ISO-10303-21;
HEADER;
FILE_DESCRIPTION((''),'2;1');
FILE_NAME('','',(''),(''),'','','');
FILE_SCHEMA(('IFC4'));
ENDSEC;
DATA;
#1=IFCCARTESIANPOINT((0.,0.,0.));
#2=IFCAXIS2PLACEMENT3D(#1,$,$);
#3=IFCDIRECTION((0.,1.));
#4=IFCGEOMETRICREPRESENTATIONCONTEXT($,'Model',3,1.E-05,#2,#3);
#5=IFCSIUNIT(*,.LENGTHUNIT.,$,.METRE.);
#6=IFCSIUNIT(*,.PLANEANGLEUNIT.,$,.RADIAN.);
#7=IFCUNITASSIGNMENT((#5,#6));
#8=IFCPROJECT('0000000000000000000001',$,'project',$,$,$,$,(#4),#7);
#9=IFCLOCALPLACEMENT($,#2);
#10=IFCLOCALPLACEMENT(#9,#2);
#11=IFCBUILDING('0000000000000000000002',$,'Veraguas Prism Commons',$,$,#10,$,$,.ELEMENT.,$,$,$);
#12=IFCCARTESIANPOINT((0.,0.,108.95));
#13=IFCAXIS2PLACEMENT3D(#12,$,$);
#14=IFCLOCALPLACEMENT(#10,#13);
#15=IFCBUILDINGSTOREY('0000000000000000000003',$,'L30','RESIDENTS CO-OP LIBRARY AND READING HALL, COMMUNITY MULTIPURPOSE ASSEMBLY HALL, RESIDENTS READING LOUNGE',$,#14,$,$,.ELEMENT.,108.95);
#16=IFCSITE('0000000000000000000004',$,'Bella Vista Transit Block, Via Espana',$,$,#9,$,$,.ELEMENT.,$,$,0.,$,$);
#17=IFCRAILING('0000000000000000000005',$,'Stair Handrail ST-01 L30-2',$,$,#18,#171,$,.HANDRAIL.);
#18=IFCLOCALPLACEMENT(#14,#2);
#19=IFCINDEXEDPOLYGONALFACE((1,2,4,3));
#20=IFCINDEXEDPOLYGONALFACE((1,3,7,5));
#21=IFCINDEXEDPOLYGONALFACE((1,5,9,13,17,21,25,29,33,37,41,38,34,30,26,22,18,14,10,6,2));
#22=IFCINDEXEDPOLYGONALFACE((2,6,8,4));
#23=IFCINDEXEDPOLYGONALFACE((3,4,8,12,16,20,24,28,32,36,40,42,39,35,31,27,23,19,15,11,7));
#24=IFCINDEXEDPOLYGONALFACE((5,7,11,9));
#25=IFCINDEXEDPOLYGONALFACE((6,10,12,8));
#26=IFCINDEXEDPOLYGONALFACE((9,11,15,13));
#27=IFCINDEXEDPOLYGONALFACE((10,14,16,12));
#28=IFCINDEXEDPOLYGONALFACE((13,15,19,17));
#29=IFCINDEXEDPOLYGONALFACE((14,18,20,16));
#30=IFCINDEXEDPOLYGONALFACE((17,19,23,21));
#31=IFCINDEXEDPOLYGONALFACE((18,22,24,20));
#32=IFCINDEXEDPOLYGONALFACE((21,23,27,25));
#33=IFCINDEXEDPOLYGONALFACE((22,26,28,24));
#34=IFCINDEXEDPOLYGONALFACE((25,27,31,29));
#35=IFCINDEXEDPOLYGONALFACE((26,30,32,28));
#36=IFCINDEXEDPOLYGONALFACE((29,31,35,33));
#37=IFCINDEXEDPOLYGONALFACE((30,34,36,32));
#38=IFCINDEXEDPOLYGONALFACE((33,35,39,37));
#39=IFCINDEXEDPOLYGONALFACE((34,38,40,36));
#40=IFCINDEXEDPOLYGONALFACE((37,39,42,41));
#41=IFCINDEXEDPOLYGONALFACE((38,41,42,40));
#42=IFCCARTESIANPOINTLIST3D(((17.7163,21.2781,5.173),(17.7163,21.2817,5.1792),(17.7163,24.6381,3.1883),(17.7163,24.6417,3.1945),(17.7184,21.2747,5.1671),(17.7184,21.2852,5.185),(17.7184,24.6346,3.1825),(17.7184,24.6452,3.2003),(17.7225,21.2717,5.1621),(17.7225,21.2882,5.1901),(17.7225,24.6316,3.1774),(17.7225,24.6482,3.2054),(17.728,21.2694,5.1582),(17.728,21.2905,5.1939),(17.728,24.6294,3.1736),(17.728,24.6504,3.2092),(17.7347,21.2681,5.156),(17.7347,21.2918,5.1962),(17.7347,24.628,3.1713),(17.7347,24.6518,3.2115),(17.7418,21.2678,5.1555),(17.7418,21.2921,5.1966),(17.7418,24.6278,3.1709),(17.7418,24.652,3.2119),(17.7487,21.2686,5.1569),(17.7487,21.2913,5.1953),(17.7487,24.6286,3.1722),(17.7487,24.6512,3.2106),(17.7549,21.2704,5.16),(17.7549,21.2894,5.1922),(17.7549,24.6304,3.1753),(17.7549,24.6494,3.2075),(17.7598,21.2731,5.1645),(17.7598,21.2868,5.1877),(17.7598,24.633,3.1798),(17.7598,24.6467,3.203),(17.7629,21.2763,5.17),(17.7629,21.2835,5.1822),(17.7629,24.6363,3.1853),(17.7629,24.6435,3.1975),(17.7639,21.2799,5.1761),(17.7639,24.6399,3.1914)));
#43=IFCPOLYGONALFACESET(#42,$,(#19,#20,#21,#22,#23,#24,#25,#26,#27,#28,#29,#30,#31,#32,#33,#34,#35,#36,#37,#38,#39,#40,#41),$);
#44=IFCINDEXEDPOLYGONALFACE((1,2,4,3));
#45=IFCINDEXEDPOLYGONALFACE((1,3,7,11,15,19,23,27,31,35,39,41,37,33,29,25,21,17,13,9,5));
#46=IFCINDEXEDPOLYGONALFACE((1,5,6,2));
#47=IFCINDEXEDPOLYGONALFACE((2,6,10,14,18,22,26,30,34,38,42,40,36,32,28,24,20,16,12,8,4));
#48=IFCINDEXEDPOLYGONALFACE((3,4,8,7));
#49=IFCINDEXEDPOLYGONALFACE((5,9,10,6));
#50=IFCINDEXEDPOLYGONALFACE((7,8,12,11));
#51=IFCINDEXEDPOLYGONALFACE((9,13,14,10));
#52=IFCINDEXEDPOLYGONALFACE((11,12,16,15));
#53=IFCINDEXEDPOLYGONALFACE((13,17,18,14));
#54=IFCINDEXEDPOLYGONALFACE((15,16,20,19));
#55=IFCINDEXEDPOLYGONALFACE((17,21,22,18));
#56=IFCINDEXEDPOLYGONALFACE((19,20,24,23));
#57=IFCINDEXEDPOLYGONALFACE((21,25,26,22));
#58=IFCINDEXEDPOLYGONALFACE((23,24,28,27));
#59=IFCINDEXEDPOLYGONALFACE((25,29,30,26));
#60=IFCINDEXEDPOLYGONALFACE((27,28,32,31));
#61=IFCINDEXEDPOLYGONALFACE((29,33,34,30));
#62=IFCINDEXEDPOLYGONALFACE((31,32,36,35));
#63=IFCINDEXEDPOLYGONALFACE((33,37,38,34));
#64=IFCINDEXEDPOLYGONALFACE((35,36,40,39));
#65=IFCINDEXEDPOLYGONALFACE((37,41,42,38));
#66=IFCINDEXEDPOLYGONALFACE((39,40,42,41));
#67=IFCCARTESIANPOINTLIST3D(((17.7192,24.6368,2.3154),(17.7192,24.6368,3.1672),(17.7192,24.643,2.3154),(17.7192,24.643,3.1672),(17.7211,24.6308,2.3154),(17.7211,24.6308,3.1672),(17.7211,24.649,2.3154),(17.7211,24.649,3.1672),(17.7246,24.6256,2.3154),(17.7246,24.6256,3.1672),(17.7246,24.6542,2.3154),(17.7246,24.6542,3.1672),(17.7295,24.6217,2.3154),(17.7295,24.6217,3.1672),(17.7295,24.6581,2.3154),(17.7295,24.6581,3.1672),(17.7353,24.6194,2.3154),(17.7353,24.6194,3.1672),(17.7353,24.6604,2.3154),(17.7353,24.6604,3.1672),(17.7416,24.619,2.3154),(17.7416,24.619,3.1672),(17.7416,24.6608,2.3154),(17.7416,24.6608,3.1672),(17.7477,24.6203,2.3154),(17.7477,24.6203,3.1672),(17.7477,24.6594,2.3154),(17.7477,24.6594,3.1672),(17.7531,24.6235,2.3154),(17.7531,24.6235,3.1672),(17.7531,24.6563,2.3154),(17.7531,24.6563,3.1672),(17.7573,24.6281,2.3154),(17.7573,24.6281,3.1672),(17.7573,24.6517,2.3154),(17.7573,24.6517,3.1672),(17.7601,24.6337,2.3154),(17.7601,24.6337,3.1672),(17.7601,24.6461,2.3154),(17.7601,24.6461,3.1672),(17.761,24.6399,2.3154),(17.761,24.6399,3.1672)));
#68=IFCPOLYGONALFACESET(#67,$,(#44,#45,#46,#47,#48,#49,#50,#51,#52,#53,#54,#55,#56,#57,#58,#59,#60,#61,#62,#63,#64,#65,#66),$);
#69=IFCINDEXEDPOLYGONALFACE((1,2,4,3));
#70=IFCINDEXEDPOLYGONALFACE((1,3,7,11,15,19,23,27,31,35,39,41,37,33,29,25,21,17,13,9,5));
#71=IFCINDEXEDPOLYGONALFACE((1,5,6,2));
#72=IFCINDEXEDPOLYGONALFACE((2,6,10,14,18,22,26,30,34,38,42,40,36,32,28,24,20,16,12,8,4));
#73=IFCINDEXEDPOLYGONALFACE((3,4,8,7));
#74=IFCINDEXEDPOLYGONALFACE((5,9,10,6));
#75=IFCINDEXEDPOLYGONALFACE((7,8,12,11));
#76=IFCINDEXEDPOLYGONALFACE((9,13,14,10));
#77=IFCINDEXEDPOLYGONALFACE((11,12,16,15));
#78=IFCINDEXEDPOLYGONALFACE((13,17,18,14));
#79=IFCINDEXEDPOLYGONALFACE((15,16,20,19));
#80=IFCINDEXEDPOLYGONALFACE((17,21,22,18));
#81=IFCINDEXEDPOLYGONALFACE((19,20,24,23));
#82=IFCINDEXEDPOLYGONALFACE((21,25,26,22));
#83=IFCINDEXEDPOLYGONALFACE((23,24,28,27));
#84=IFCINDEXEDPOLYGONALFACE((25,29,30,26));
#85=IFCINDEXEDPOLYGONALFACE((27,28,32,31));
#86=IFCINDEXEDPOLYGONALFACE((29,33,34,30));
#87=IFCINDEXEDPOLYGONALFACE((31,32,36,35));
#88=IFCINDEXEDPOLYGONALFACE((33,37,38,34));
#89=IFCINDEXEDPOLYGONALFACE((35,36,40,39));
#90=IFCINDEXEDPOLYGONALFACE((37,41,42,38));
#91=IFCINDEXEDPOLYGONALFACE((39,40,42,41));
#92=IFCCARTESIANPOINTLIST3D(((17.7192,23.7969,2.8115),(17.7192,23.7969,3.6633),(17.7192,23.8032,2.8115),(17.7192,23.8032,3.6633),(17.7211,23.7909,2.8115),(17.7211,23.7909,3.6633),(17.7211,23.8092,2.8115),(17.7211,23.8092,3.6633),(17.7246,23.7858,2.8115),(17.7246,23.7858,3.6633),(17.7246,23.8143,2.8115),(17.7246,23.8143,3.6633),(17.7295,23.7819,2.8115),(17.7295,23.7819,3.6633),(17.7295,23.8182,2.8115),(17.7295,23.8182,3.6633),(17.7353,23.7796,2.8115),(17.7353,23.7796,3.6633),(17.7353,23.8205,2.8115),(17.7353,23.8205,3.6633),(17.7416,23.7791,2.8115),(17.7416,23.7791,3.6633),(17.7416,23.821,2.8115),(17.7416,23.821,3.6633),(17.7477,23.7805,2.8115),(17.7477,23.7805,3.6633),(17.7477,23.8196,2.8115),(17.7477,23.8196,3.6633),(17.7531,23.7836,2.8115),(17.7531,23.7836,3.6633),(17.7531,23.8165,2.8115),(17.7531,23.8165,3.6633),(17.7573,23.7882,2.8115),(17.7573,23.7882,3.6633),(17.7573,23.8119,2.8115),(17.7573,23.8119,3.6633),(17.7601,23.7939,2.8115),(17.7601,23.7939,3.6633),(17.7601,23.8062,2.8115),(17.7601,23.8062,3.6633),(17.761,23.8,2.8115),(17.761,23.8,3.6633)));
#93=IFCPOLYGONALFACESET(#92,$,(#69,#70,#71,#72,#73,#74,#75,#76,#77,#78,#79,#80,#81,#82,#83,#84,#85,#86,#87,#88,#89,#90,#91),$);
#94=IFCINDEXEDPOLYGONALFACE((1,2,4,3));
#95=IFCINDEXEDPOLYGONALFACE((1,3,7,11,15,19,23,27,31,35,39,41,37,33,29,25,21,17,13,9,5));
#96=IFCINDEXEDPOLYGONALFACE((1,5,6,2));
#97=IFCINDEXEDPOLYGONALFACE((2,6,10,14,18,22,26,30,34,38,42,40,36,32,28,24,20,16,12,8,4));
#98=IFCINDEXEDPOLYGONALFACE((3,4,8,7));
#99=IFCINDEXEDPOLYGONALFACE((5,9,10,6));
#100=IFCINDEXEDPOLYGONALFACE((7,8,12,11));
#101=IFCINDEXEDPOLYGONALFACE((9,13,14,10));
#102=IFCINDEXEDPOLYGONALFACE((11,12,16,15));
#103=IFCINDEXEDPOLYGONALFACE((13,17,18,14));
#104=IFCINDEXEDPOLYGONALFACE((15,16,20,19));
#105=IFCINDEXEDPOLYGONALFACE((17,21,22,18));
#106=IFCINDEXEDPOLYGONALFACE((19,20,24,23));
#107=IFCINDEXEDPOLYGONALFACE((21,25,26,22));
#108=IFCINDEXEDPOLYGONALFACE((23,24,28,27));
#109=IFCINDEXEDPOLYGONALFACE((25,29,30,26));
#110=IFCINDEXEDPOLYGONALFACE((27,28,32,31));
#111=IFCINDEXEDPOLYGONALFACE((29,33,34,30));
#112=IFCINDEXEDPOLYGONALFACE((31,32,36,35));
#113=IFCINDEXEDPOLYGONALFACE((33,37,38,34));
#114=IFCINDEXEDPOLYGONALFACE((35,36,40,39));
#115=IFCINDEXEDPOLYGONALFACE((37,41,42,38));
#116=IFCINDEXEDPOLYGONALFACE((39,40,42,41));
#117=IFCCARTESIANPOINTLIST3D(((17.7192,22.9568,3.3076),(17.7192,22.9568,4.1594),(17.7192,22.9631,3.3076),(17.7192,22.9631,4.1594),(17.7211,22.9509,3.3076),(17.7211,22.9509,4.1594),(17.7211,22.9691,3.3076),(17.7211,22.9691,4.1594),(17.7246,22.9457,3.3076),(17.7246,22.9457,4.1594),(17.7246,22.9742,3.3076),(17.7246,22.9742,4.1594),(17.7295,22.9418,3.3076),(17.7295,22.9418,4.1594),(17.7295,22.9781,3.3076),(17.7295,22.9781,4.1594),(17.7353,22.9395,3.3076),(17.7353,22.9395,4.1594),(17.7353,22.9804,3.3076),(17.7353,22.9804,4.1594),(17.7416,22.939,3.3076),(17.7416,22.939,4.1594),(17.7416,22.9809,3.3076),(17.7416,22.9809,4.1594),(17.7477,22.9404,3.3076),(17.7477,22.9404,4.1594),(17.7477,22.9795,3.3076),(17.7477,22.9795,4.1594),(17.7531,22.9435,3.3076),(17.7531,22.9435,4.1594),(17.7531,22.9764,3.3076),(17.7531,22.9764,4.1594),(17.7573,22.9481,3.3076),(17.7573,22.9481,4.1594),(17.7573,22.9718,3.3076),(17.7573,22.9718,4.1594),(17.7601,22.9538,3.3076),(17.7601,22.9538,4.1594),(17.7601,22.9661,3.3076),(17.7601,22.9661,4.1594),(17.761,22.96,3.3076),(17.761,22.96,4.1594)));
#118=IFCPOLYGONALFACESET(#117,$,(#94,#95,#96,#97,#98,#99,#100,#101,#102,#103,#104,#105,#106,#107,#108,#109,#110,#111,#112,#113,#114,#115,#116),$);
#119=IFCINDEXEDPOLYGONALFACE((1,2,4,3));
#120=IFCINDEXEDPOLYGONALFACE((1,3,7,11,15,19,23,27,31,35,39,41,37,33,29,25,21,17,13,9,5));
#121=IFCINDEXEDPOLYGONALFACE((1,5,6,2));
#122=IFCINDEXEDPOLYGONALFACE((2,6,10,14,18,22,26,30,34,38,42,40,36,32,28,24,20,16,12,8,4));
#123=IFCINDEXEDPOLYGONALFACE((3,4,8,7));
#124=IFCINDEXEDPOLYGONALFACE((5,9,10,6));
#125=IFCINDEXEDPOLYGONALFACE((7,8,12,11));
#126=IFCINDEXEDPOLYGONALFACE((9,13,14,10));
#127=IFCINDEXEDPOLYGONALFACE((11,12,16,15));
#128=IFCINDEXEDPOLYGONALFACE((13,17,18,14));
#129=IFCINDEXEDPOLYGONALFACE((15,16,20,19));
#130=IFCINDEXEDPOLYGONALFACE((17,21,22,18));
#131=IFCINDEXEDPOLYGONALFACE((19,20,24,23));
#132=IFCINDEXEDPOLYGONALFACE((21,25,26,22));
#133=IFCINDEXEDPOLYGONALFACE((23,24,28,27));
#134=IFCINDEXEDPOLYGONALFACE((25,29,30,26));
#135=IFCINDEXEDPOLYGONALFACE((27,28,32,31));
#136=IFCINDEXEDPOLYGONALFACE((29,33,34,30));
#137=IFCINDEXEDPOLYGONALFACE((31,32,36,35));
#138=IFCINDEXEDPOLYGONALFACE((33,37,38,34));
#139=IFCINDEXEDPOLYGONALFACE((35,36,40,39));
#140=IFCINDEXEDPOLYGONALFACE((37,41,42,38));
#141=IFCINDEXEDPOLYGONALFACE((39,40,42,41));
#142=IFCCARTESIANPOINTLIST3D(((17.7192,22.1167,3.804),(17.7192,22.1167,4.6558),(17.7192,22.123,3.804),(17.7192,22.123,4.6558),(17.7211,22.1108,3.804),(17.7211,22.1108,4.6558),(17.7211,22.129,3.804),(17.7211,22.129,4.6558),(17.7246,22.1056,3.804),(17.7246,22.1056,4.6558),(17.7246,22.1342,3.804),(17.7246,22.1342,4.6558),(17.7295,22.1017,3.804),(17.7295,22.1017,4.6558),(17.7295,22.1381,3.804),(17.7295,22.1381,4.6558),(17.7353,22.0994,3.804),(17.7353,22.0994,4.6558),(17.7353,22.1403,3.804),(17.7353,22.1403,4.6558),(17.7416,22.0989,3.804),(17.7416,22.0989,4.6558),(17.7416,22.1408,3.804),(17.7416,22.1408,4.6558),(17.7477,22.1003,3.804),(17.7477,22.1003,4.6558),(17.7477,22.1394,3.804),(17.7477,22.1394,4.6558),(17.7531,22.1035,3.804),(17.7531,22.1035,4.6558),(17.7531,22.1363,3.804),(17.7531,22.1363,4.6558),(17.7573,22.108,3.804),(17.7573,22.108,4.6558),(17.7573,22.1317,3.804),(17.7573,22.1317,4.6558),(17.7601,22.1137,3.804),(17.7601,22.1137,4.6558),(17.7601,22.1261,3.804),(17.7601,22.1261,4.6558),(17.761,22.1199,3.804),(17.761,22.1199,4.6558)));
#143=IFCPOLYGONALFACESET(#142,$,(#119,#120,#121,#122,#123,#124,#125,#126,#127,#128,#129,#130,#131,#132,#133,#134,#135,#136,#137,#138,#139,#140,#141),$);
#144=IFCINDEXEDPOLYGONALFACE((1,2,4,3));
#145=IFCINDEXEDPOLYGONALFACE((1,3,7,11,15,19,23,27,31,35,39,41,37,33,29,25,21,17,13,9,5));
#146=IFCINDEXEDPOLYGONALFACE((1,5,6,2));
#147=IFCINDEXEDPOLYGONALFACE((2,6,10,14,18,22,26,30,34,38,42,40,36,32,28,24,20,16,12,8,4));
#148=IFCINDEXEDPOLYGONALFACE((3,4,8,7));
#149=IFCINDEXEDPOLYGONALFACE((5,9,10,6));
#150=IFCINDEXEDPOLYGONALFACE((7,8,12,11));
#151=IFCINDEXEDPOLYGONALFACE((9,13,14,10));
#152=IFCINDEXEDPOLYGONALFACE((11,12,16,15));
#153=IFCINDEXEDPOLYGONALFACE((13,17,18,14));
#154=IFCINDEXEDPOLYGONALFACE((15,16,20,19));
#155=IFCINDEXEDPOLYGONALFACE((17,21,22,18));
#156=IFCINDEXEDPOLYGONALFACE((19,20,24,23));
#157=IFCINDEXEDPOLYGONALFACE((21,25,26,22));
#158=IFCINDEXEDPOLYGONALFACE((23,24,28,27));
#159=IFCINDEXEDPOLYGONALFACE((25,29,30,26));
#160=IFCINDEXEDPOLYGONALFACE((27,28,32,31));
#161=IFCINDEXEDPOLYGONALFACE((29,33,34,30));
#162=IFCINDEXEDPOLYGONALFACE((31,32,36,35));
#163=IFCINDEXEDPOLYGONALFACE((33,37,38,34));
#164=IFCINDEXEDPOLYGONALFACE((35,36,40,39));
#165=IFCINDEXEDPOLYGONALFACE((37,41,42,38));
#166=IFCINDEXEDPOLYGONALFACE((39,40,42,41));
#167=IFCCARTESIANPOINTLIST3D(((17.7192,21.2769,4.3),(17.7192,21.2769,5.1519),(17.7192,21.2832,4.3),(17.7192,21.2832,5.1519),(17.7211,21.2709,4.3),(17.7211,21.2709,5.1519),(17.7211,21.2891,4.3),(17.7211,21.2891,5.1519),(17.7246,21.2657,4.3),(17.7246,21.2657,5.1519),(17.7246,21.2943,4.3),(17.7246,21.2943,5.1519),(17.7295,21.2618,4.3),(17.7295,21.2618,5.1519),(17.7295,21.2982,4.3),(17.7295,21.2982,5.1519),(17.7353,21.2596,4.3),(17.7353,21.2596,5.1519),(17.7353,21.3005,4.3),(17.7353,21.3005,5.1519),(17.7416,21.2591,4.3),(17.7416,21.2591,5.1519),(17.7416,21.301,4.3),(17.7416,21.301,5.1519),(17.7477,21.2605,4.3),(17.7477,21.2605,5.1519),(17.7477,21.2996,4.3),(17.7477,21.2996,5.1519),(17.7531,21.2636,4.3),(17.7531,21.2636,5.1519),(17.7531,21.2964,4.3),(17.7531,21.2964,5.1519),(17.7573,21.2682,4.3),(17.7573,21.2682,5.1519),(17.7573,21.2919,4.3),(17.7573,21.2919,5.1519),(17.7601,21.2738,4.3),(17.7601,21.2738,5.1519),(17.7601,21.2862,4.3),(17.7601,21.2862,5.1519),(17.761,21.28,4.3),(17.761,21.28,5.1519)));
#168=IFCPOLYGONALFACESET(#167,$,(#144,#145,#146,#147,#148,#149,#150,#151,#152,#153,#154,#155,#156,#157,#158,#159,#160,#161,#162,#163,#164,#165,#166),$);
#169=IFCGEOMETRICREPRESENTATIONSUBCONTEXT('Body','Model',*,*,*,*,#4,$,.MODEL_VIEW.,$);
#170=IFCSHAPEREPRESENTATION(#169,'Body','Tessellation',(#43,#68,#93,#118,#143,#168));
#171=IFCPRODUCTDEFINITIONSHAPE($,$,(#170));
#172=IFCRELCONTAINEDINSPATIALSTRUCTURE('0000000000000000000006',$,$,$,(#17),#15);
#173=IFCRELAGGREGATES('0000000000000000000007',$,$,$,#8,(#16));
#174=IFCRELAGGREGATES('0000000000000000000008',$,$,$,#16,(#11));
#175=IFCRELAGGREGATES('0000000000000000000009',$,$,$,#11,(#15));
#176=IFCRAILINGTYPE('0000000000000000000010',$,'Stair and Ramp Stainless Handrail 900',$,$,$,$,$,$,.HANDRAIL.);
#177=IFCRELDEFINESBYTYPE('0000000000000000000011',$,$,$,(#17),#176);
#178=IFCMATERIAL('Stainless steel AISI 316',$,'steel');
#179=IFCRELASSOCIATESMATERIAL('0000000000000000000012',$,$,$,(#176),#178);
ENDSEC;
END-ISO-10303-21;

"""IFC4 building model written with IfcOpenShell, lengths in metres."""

from ifc_helpers import new_model, si_unit, direction, frame, origin, origin_2d, place, context, subcontext, project, spatial, circle, extrude, material, type_object, element, save


model = new_model("IFC4")

# Units and contexts
model_context = context("Model", 3, precision=1e-05, world=origin(), true_north=direction((0.0, 1.0)))
body_context = subcontext(model_context, "Body", "Model", "MODEL_VIEW")
ifc_project = project(units=[si_unit("LENGTHUNIT", "METRE"), si_unit("PLANEANGLEUNIT", "RADIAN")], contexts=[model_context])

# Site, building, storey
site_placement = place(None, origin())
site = spatial("IfcSite", under=ifc_project, at=site_placement, Name="Bella Vista Transit Block, Via Espana", CompositionType="ELEMENT", RefElevation=0.0)
building_placement = place(site_placement, origin())
building = spatial("IfcBuilding", under=site, at=building_placement, Name="Veraguas Prism Commons", CompositionType="ELEMENT")
storey_placement = place(building_placement, frame((0.0, 0.0, 108.95)))
storey = spatial("IfcBuildingStorey", under=building, at=storey_placement, Name="L30", Description="RESIDENTS CO-OP LIBRARY AND READING HALL, COMMUNITY MULTIPURPOSE ASSEMBLY HALL, RESIDENTS READING LOUNGE", CompositionType="ELEMENT", Elevation=108.95)

# Railing
ifc_material_1 = material(Name="Stainless steel AISI 316", Category="steel")
railing_type_1 = type_object("IfcRailingType", Name="Stair and Ramp Stainless Handrail 900", PredefinedType="HANDRAIL", material=ifc_material_1)
railing_1_placement = place(storey_placement, frame((17.74, 24.6399, 2.3154)))
element("IfcRailing", 1, at=railing_1_placement, inside=storey, type_object=railing_type_1, Name="Stair Handrail ST-01 L30-2", PredefinedType="HANDRAIL", context=body_context, shape_type="SweptSolid", body=[
    extrude(circle(Radius=0.0239, at=origin_2d()), frame((0.0, 0.0, 0.876), z_axis=(0.0, -0.861011, 0.508586), x_axis=(1.0, 0.0, 0.0)), (0.0, 0.0, 1.0), 3.9023),
    extrude(circle(Radius=0.021, at=origin_2d()), origin(), (0.0, 0.0, 1.0), 0.8518),
    extrude(circle(Radius=0.021, at=origin_2d()), frame((0.0, -0.8398, 0.4961)), (0.0, 0.0, 1.0), 0.8518),
    extrude(circle(Radius=0.021, at=origin_2d()), frame((0.0, -1.6799, 0.9922)), (0.0, 0.0, 1.0), 0.8518),
    extrude(circle(Radius=0.021, at=origin_2d()), frame((0.0, -2.52, 1.4885)), (0.0, 0.0, 1.0), 0.8518),
    extrude(circle(Radius=0.021, at=origin_2d()), frame((0.0, -3.3599, 1.9846)), (0.0, 0.0, 1.0), 0.8518),
])

save(model, "model.ifc")
